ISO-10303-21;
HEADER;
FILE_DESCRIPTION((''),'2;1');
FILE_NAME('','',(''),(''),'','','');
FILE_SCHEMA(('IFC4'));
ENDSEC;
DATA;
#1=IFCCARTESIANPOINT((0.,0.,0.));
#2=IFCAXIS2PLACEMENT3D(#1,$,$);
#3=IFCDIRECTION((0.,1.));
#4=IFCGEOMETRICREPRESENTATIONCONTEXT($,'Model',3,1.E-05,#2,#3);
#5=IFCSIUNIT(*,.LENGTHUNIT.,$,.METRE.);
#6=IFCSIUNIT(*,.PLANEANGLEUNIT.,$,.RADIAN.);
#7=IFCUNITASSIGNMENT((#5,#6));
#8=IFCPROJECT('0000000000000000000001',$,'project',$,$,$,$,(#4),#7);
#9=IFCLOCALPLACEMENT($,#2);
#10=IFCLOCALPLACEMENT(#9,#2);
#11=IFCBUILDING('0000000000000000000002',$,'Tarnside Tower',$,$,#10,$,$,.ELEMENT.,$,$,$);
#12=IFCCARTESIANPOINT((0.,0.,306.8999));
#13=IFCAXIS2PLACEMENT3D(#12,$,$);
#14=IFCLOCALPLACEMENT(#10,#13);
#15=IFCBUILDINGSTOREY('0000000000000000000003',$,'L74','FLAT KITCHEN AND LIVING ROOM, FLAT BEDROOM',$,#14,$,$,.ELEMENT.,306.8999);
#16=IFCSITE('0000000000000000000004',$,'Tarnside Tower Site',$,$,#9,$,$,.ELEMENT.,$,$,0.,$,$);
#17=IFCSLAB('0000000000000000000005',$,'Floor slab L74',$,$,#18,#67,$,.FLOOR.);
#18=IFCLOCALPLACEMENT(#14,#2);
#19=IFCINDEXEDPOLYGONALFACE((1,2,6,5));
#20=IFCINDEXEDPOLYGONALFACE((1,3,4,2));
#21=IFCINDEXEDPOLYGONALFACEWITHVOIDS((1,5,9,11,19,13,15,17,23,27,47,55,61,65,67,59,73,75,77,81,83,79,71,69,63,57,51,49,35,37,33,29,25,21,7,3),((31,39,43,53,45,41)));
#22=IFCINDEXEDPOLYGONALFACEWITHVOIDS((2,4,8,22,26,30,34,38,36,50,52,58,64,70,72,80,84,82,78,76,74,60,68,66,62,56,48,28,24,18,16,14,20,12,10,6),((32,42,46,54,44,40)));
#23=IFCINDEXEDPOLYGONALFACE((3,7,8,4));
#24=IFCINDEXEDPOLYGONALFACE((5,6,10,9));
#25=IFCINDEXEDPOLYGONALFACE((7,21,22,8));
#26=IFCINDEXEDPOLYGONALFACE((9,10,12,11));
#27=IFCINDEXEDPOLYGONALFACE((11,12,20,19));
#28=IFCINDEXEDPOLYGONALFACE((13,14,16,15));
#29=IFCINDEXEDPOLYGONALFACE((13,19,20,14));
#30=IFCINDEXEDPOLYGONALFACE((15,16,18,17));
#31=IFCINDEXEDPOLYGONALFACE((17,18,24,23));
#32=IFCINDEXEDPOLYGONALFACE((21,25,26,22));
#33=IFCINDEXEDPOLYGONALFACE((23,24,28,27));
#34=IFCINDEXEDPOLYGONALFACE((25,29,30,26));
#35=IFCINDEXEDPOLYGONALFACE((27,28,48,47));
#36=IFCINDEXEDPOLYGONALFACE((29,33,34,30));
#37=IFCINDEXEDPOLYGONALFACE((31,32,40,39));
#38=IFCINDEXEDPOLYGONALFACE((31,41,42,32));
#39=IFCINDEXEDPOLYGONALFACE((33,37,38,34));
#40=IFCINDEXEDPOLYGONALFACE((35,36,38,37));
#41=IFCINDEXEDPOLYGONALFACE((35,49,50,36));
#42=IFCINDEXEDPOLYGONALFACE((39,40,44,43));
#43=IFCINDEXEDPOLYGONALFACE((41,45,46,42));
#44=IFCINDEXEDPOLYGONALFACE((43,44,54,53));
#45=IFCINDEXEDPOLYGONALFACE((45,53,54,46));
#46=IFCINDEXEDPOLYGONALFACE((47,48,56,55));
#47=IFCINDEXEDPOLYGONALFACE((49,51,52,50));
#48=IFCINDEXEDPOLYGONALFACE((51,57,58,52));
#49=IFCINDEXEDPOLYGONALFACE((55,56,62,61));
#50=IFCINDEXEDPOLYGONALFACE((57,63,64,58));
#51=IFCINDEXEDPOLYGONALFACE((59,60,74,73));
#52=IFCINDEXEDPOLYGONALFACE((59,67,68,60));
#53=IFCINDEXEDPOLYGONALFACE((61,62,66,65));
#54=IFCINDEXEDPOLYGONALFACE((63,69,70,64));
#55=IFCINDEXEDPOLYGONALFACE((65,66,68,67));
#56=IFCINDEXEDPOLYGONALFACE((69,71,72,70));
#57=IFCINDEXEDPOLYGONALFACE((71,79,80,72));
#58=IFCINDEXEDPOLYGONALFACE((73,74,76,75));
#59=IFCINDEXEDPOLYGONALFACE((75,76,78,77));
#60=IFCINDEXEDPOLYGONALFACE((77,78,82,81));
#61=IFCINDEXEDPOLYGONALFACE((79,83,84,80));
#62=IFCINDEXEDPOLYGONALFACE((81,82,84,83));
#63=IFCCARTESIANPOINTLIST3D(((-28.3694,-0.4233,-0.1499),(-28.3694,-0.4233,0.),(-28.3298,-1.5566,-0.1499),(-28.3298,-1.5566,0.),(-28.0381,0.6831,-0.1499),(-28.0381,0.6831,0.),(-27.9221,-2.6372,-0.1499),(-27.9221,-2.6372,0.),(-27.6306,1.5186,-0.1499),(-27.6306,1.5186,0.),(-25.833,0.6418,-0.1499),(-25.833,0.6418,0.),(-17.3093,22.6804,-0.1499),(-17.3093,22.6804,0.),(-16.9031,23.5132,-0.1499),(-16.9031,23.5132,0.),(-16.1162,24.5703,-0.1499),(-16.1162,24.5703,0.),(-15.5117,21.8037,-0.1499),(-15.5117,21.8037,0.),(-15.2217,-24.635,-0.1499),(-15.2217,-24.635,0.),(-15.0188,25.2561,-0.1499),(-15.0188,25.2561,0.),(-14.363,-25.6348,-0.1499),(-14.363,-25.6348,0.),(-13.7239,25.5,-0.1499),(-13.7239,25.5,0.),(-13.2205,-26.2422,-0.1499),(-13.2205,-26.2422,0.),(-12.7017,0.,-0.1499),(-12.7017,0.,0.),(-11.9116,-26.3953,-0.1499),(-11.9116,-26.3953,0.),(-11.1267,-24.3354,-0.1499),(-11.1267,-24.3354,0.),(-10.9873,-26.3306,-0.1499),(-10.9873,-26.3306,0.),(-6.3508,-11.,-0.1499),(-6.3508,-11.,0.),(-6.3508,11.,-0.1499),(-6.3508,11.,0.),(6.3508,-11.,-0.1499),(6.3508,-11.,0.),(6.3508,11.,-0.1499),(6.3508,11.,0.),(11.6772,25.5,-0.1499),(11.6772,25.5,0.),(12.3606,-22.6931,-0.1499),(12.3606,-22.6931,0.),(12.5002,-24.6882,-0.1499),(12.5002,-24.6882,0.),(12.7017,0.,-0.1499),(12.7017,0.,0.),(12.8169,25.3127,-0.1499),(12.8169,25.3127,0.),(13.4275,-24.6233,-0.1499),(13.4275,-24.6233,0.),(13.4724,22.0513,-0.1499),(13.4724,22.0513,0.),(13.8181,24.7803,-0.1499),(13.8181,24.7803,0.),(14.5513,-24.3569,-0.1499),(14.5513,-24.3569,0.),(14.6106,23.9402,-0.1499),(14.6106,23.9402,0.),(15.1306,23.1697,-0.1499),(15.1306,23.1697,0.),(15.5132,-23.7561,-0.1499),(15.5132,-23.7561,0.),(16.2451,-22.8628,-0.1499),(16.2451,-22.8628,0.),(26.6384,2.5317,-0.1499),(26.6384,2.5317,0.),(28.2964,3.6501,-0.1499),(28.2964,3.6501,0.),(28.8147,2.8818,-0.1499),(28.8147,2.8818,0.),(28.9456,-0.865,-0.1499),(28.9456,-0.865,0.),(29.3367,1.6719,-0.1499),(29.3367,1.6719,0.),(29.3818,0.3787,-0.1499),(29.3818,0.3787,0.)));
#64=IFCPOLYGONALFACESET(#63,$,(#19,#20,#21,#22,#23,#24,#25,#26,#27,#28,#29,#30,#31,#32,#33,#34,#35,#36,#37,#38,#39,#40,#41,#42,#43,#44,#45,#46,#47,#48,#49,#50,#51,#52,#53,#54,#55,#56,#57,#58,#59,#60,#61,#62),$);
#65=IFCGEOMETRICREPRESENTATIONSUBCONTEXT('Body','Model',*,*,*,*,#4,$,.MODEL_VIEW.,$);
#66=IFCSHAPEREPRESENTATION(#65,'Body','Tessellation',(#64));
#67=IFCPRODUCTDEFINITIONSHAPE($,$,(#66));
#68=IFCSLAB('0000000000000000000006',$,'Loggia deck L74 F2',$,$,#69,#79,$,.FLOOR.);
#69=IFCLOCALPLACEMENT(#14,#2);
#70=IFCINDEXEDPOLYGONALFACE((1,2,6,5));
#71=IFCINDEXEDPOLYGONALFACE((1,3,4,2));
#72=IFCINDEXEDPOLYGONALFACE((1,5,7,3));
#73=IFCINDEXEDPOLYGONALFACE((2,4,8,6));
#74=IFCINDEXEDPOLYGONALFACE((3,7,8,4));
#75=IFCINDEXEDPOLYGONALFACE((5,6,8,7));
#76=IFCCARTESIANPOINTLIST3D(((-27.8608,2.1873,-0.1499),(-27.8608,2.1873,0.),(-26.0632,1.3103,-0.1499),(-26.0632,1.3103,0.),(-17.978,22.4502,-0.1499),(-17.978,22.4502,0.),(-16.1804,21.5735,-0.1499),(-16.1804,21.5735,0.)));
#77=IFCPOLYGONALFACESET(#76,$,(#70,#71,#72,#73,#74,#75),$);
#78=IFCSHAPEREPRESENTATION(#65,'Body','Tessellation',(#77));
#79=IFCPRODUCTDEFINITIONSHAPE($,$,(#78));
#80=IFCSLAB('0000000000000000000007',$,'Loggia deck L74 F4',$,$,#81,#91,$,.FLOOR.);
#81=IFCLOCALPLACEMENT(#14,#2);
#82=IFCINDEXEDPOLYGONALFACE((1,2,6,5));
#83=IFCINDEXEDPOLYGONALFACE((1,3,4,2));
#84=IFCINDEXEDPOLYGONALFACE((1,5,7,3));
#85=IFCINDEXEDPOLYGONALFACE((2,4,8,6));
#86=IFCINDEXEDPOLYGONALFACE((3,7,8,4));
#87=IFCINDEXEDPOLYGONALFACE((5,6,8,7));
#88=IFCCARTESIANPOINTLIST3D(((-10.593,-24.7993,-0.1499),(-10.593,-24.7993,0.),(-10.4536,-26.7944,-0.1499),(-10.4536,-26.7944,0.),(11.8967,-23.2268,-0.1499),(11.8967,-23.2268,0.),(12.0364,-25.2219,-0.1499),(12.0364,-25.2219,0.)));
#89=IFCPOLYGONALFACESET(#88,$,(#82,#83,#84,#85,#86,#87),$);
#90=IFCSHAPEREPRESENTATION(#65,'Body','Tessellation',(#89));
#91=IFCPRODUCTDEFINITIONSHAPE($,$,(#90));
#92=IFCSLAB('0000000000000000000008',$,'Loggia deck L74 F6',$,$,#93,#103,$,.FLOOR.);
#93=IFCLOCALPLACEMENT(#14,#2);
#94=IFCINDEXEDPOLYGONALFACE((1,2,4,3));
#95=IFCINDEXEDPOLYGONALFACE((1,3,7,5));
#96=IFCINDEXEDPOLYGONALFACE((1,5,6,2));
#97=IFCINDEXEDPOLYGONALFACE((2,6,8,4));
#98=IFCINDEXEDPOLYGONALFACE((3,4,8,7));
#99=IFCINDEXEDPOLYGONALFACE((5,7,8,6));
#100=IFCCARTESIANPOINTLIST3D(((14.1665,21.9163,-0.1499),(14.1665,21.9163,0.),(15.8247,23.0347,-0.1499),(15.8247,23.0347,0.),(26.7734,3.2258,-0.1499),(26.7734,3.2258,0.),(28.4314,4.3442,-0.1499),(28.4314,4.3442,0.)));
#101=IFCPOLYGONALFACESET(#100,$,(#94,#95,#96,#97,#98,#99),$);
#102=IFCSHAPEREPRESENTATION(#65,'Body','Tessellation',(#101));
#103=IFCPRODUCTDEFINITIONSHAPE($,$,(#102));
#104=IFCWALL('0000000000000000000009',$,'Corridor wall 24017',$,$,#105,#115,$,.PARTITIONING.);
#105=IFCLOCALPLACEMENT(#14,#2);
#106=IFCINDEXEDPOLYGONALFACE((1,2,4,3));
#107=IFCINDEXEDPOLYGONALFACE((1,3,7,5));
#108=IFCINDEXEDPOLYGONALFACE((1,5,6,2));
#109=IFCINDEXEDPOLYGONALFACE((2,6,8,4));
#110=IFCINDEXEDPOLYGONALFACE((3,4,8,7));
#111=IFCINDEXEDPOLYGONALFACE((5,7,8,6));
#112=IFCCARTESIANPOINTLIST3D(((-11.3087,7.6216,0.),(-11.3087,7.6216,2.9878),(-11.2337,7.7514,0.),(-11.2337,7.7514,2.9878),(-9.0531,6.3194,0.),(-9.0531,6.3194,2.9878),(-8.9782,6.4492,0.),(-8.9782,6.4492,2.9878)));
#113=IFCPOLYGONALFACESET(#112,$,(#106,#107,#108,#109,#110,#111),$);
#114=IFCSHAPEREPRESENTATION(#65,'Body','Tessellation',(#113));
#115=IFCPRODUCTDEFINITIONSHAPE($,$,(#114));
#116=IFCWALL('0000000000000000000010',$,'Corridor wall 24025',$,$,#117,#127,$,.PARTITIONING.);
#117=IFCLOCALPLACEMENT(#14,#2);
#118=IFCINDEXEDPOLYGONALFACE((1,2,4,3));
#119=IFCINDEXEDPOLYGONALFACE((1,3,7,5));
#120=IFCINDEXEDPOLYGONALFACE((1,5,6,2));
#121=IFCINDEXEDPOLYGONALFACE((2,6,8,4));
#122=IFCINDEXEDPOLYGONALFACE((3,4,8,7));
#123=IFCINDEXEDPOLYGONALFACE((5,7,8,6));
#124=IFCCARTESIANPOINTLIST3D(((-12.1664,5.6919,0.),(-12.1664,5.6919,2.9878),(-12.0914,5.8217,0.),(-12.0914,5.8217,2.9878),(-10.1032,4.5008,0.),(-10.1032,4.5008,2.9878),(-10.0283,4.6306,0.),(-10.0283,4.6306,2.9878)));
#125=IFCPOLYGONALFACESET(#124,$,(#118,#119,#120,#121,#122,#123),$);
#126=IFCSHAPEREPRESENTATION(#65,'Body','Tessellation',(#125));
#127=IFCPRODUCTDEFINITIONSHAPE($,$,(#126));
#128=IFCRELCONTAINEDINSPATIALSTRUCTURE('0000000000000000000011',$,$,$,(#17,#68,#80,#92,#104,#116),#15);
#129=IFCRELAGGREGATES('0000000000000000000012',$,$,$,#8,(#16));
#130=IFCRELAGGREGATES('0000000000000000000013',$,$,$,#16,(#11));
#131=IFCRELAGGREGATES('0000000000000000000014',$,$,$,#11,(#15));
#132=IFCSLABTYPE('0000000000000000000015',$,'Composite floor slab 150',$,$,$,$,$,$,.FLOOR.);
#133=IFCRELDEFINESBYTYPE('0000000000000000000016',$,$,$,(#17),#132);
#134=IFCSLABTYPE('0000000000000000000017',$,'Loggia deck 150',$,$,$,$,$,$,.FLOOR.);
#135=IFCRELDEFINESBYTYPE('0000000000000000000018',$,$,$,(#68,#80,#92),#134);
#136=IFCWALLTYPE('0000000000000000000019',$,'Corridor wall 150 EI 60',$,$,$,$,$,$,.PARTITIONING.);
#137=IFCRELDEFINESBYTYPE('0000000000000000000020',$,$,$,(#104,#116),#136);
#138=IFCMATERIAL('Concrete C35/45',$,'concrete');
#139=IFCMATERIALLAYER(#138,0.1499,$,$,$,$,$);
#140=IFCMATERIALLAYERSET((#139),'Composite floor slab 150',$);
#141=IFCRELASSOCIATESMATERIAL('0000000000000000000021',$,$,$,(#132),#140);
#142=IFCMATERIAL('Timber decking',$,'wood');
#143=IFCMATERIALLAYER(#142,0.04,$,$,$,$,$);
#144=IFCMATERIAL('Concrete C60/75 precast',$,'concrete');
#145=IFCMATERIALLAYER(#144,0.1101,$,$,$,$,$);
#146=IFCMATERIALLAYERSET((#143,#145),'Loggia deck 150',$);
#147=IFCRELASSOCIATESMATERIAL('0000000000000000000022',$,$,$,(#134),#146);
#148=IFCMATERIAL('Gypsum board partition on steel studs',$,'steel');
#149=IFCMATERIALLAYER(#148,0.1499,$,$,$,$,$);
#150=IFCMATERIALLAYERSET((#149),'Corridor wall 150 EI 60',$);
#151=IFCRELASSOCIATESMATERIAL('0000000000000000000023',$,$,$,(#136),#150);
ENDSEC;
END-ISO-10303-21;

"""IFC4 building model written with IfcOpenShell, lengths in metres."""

from ifc_helpers import new_model, si_unit, direction, frame, frame_2d, origin, place, context, subcontext, project, spatial, polyline, rectangle, outline, extrude, material, layer, layer_set, type_object, element, save


model = new_model("IFC4")

# Units and contexts
model_context = context("Model", 3, precision=1e-05, world=origin(), true_north=direction((0.0, 1.0)))
body_context = subcontext(model_context, "Body", "Model", "MODEL_VIEW")
ifc_project = project(units=[si_unit("LENGTHUNIT", "METRE"), si_unit("PLANEANGLEUNIT", "RADIAN")], contexts=[model_context])

# Site, building, storey
site_placement = place(None, origin())
site = spatial("IfcSite", under=ifc_project, at=site_placement, Name="Tarnside Tower Site", CompositionType="ELEMENT", RefElevation=0.0)
building_placement = place(site_placement, origin())
building = spatial("IfcBuilding", under=site, at=building_placement, Name="Tarnside Tower", CompositionType="ELEMENT")
storey_placement = place(building_placement, frame((0.0, 0.0, 306.8999)))
storey = spatial("IfcBuildingStorey", under=building, at=storey_placement, Name="L74", Description="FLAT KITCHEN AND LIVING ROOM, FLAT BEDROOM", CompositionType="ELEMENT", Elevation=306.8999)

# Slabs
ifc_material_1 = material(Name="Concrete C35/45", Category="concrete")
ifc_layer_1 = layer(ifc_material_1, 0.1499)
ifc_layer_set_1 = layer_set([ifc_layer_1], Name="Composite floor slab 150")
slab_type_1 = type_object("IfcSlabType", Name="Composite floor slab 150", PredefinedType="FLOOR", material=ifc_layer_set_1)
slab_1_placement = place(storey_placement, frame((0.0, 0.0, -0.1499)))
element("IfcSlab", 1, at=slab_1_placement, inside=storey, type_object=slab_type_1, Name="Floor slab L74", PredefinedType="FLOOR", context=body_context, shape_type="SweptSolid", body=[
    extrude(outline(polyline([(12.8169, 25.3127), (13.8181, 24.7803), (14.6106, 23.9402), (15.1306, 23.1697), (13.4724, 22.0513), (26.6384, 2.5317), (28.2964, 3.6501), (28.8147, 2.8818), (29.3367, 1.6719), (29.3818, 0.3787), (28.9456, -0.865), (16.2451, -22.8628), (15.5132, -23.7561), (14.5513, -24.3569), (13.4275, -24.6233), (12.5002, -24.6882), (12.3606, -22.6931), (-11.1267, -24.3354), (-10.9873, -26.3306), (-11.9116, -26.3953), (-13.2205, -26.2422), (-14.363, -25.6348), (-15.2217, -24.635), (-27.9221, -2.6372), (-28.3298, -1.5566), (-28.3694, -0.4233), (-28.0381, 0.6831), (-27.6306, 1.5186), (-25.833, 0.6418), (-15.5117, 21.8037), (-17.3093, 22.6804), (-16.9031, 23.5132), (-16.1162, 24.5703), (-15.0188, 25.2561), (-13.7239, 25.5), (11.6772, 25.5), (12.8169, 25.3127)]), holes=[polyline([(-12.7017, 0.0), (-6.3508, -11.0), (6.3508, -11.0), (12.7017, 0.0), (6.3508, 11.0), (-6.3508, 11.0), (-12.7017, 0.0)])]), origin(), (0.0, 0.0, 1.0), 0.1499),
])
ifc_material_2 = material(Name="Timber decking", Category="wood")
ifc_layer_2 = layer(ifc_material_2, 0.04)
ifc_material_3 = material(Name="Concrete C60/75 precast", Category="concrete")
ifc_layer_3 = layer(ifc_material_3, 0.1101)
ifc_layer_set_2 = layer_set([ifc_layer_2, ifc_layer_3], Name="Loggia deck 150")
slab_type_2 = type_object("IfcSlabType", Name="Loggia deck 150", PredefinedType="FLOOR", material=ifc_layer_set_2)
slab_2_placement = place(storey_placement, frame((0.0, 0.0, -0.1499)))
element("IfcSlab", 2, at=slab_2_placement, inside=storey, type_object=slab_type_2, Name="Loggia deck L74 F2", PredefinedType="FLOOR", context=body_context, shape_type="SweptSolid", body=[
    extrude(outline(polyline([(-16.1804, 21.5735), (-26.0632, 1.3103), (-27.8608, 2.1873), (-17.978, 22.4502), (-16.1804, 21.5735)])), origin(), (0.0, 0.0, 1.0), 0.1499),
])
slab_3_placement = place(storey_placement, frame((0.0, 0.0, -0.1499)))
element("IfcSlab", 3, at=slab_3_placement, inside=storey, type_object=slab_type_2, Name="Loggia deck L74 F4", PredefinedType="FLOOR", context=body_context, shape_type="SweptSolid", body=[
    extrude(outline(polyline([(-10.593, -24.7993), (11.8967, -23.2268), (12.0364, -25.2219), (-10.4536, -26.7944), (-10.593, -24.7993)])), origin(), (0.0, 0.0, 1.0), 0.1499),
])
slab_4_placement = place(storey_placement, frame((0.0, 0.0, -0.1499)))
element("IfcSlab", 4, at=slab_4_placement, inside=storey, type_object=slab_type_2, Name="Loggia deck L74 F6", PredefinedType="FLOOR", context=body_context, shape_type="SweptSolid", body=[
    extrude(outline(polyline([(26.7734, 3.2258), (14.1665, 21.9163), (15.8247, 23.0347), (28.4314, 4.3442), (26.7734, 3.2258)])), origin(), (0.0, 0.0, 1.0), 0.1499),
])

# Walls
ifc_material_4 = material(Name="Gypsum board partition on steel studs", Category="steel")
ifc_layer_4 = layer(ifc_material_4, 0.1499)
ifc_layer_set_3 = layer_set([ifc_layer_4], Name="Corridor wall 150 EI 60")
wall_type_1 = type_object("IfcWallType", Name="Corridor wall 150 EI 60", PredefinedType="PARTITIONING", material=ifc_layer_set_3)
wall_1_placement = place(storey_placement, frame((-9.0156, 6.3843, 0.0), z_axis=(0.0, 0.0, 1.0), x_axis=(-0.866031, 0.49999, 0.0)))
element("IfcWall", 5, at=wall_1_placement, inside=storey, type_object=wall_type_1, Name="Corridor wall 24017", PredefinedType="PARTITIONING", context=body_context, shape_type="SweptSolid", body=[
    extrude(rectangle(XDim=2.6045, YDim=0.1499, at=frame_2d((1.3022, 0.0))), origin(), (0.0, 0.0, 1.0), 2.9878),
])
wall_2_placement = place(storey_placement, frame((-12.1289, 5.7568, 0.0), z_axis=(0.0, 0.0, 1.0), x_axis=(0.866034, -0.499986, 0.0)))
element("IfcWall", 6, at=wall_2_placement, inside=storey, type_object=wall_type_1, Name="Corridor wall 24025", PredefinedType="PARTITIONING", context=body_context, shape_type="SweptSolid", body=[
    extrude(rectangle(XDim=2.3823, YDim=0.1499, at=frame_2d((1.1912, 0.0))), origin(), (0.0, 0.0, 1.0), 2.9878),
])

save(model, "model.ifc")
